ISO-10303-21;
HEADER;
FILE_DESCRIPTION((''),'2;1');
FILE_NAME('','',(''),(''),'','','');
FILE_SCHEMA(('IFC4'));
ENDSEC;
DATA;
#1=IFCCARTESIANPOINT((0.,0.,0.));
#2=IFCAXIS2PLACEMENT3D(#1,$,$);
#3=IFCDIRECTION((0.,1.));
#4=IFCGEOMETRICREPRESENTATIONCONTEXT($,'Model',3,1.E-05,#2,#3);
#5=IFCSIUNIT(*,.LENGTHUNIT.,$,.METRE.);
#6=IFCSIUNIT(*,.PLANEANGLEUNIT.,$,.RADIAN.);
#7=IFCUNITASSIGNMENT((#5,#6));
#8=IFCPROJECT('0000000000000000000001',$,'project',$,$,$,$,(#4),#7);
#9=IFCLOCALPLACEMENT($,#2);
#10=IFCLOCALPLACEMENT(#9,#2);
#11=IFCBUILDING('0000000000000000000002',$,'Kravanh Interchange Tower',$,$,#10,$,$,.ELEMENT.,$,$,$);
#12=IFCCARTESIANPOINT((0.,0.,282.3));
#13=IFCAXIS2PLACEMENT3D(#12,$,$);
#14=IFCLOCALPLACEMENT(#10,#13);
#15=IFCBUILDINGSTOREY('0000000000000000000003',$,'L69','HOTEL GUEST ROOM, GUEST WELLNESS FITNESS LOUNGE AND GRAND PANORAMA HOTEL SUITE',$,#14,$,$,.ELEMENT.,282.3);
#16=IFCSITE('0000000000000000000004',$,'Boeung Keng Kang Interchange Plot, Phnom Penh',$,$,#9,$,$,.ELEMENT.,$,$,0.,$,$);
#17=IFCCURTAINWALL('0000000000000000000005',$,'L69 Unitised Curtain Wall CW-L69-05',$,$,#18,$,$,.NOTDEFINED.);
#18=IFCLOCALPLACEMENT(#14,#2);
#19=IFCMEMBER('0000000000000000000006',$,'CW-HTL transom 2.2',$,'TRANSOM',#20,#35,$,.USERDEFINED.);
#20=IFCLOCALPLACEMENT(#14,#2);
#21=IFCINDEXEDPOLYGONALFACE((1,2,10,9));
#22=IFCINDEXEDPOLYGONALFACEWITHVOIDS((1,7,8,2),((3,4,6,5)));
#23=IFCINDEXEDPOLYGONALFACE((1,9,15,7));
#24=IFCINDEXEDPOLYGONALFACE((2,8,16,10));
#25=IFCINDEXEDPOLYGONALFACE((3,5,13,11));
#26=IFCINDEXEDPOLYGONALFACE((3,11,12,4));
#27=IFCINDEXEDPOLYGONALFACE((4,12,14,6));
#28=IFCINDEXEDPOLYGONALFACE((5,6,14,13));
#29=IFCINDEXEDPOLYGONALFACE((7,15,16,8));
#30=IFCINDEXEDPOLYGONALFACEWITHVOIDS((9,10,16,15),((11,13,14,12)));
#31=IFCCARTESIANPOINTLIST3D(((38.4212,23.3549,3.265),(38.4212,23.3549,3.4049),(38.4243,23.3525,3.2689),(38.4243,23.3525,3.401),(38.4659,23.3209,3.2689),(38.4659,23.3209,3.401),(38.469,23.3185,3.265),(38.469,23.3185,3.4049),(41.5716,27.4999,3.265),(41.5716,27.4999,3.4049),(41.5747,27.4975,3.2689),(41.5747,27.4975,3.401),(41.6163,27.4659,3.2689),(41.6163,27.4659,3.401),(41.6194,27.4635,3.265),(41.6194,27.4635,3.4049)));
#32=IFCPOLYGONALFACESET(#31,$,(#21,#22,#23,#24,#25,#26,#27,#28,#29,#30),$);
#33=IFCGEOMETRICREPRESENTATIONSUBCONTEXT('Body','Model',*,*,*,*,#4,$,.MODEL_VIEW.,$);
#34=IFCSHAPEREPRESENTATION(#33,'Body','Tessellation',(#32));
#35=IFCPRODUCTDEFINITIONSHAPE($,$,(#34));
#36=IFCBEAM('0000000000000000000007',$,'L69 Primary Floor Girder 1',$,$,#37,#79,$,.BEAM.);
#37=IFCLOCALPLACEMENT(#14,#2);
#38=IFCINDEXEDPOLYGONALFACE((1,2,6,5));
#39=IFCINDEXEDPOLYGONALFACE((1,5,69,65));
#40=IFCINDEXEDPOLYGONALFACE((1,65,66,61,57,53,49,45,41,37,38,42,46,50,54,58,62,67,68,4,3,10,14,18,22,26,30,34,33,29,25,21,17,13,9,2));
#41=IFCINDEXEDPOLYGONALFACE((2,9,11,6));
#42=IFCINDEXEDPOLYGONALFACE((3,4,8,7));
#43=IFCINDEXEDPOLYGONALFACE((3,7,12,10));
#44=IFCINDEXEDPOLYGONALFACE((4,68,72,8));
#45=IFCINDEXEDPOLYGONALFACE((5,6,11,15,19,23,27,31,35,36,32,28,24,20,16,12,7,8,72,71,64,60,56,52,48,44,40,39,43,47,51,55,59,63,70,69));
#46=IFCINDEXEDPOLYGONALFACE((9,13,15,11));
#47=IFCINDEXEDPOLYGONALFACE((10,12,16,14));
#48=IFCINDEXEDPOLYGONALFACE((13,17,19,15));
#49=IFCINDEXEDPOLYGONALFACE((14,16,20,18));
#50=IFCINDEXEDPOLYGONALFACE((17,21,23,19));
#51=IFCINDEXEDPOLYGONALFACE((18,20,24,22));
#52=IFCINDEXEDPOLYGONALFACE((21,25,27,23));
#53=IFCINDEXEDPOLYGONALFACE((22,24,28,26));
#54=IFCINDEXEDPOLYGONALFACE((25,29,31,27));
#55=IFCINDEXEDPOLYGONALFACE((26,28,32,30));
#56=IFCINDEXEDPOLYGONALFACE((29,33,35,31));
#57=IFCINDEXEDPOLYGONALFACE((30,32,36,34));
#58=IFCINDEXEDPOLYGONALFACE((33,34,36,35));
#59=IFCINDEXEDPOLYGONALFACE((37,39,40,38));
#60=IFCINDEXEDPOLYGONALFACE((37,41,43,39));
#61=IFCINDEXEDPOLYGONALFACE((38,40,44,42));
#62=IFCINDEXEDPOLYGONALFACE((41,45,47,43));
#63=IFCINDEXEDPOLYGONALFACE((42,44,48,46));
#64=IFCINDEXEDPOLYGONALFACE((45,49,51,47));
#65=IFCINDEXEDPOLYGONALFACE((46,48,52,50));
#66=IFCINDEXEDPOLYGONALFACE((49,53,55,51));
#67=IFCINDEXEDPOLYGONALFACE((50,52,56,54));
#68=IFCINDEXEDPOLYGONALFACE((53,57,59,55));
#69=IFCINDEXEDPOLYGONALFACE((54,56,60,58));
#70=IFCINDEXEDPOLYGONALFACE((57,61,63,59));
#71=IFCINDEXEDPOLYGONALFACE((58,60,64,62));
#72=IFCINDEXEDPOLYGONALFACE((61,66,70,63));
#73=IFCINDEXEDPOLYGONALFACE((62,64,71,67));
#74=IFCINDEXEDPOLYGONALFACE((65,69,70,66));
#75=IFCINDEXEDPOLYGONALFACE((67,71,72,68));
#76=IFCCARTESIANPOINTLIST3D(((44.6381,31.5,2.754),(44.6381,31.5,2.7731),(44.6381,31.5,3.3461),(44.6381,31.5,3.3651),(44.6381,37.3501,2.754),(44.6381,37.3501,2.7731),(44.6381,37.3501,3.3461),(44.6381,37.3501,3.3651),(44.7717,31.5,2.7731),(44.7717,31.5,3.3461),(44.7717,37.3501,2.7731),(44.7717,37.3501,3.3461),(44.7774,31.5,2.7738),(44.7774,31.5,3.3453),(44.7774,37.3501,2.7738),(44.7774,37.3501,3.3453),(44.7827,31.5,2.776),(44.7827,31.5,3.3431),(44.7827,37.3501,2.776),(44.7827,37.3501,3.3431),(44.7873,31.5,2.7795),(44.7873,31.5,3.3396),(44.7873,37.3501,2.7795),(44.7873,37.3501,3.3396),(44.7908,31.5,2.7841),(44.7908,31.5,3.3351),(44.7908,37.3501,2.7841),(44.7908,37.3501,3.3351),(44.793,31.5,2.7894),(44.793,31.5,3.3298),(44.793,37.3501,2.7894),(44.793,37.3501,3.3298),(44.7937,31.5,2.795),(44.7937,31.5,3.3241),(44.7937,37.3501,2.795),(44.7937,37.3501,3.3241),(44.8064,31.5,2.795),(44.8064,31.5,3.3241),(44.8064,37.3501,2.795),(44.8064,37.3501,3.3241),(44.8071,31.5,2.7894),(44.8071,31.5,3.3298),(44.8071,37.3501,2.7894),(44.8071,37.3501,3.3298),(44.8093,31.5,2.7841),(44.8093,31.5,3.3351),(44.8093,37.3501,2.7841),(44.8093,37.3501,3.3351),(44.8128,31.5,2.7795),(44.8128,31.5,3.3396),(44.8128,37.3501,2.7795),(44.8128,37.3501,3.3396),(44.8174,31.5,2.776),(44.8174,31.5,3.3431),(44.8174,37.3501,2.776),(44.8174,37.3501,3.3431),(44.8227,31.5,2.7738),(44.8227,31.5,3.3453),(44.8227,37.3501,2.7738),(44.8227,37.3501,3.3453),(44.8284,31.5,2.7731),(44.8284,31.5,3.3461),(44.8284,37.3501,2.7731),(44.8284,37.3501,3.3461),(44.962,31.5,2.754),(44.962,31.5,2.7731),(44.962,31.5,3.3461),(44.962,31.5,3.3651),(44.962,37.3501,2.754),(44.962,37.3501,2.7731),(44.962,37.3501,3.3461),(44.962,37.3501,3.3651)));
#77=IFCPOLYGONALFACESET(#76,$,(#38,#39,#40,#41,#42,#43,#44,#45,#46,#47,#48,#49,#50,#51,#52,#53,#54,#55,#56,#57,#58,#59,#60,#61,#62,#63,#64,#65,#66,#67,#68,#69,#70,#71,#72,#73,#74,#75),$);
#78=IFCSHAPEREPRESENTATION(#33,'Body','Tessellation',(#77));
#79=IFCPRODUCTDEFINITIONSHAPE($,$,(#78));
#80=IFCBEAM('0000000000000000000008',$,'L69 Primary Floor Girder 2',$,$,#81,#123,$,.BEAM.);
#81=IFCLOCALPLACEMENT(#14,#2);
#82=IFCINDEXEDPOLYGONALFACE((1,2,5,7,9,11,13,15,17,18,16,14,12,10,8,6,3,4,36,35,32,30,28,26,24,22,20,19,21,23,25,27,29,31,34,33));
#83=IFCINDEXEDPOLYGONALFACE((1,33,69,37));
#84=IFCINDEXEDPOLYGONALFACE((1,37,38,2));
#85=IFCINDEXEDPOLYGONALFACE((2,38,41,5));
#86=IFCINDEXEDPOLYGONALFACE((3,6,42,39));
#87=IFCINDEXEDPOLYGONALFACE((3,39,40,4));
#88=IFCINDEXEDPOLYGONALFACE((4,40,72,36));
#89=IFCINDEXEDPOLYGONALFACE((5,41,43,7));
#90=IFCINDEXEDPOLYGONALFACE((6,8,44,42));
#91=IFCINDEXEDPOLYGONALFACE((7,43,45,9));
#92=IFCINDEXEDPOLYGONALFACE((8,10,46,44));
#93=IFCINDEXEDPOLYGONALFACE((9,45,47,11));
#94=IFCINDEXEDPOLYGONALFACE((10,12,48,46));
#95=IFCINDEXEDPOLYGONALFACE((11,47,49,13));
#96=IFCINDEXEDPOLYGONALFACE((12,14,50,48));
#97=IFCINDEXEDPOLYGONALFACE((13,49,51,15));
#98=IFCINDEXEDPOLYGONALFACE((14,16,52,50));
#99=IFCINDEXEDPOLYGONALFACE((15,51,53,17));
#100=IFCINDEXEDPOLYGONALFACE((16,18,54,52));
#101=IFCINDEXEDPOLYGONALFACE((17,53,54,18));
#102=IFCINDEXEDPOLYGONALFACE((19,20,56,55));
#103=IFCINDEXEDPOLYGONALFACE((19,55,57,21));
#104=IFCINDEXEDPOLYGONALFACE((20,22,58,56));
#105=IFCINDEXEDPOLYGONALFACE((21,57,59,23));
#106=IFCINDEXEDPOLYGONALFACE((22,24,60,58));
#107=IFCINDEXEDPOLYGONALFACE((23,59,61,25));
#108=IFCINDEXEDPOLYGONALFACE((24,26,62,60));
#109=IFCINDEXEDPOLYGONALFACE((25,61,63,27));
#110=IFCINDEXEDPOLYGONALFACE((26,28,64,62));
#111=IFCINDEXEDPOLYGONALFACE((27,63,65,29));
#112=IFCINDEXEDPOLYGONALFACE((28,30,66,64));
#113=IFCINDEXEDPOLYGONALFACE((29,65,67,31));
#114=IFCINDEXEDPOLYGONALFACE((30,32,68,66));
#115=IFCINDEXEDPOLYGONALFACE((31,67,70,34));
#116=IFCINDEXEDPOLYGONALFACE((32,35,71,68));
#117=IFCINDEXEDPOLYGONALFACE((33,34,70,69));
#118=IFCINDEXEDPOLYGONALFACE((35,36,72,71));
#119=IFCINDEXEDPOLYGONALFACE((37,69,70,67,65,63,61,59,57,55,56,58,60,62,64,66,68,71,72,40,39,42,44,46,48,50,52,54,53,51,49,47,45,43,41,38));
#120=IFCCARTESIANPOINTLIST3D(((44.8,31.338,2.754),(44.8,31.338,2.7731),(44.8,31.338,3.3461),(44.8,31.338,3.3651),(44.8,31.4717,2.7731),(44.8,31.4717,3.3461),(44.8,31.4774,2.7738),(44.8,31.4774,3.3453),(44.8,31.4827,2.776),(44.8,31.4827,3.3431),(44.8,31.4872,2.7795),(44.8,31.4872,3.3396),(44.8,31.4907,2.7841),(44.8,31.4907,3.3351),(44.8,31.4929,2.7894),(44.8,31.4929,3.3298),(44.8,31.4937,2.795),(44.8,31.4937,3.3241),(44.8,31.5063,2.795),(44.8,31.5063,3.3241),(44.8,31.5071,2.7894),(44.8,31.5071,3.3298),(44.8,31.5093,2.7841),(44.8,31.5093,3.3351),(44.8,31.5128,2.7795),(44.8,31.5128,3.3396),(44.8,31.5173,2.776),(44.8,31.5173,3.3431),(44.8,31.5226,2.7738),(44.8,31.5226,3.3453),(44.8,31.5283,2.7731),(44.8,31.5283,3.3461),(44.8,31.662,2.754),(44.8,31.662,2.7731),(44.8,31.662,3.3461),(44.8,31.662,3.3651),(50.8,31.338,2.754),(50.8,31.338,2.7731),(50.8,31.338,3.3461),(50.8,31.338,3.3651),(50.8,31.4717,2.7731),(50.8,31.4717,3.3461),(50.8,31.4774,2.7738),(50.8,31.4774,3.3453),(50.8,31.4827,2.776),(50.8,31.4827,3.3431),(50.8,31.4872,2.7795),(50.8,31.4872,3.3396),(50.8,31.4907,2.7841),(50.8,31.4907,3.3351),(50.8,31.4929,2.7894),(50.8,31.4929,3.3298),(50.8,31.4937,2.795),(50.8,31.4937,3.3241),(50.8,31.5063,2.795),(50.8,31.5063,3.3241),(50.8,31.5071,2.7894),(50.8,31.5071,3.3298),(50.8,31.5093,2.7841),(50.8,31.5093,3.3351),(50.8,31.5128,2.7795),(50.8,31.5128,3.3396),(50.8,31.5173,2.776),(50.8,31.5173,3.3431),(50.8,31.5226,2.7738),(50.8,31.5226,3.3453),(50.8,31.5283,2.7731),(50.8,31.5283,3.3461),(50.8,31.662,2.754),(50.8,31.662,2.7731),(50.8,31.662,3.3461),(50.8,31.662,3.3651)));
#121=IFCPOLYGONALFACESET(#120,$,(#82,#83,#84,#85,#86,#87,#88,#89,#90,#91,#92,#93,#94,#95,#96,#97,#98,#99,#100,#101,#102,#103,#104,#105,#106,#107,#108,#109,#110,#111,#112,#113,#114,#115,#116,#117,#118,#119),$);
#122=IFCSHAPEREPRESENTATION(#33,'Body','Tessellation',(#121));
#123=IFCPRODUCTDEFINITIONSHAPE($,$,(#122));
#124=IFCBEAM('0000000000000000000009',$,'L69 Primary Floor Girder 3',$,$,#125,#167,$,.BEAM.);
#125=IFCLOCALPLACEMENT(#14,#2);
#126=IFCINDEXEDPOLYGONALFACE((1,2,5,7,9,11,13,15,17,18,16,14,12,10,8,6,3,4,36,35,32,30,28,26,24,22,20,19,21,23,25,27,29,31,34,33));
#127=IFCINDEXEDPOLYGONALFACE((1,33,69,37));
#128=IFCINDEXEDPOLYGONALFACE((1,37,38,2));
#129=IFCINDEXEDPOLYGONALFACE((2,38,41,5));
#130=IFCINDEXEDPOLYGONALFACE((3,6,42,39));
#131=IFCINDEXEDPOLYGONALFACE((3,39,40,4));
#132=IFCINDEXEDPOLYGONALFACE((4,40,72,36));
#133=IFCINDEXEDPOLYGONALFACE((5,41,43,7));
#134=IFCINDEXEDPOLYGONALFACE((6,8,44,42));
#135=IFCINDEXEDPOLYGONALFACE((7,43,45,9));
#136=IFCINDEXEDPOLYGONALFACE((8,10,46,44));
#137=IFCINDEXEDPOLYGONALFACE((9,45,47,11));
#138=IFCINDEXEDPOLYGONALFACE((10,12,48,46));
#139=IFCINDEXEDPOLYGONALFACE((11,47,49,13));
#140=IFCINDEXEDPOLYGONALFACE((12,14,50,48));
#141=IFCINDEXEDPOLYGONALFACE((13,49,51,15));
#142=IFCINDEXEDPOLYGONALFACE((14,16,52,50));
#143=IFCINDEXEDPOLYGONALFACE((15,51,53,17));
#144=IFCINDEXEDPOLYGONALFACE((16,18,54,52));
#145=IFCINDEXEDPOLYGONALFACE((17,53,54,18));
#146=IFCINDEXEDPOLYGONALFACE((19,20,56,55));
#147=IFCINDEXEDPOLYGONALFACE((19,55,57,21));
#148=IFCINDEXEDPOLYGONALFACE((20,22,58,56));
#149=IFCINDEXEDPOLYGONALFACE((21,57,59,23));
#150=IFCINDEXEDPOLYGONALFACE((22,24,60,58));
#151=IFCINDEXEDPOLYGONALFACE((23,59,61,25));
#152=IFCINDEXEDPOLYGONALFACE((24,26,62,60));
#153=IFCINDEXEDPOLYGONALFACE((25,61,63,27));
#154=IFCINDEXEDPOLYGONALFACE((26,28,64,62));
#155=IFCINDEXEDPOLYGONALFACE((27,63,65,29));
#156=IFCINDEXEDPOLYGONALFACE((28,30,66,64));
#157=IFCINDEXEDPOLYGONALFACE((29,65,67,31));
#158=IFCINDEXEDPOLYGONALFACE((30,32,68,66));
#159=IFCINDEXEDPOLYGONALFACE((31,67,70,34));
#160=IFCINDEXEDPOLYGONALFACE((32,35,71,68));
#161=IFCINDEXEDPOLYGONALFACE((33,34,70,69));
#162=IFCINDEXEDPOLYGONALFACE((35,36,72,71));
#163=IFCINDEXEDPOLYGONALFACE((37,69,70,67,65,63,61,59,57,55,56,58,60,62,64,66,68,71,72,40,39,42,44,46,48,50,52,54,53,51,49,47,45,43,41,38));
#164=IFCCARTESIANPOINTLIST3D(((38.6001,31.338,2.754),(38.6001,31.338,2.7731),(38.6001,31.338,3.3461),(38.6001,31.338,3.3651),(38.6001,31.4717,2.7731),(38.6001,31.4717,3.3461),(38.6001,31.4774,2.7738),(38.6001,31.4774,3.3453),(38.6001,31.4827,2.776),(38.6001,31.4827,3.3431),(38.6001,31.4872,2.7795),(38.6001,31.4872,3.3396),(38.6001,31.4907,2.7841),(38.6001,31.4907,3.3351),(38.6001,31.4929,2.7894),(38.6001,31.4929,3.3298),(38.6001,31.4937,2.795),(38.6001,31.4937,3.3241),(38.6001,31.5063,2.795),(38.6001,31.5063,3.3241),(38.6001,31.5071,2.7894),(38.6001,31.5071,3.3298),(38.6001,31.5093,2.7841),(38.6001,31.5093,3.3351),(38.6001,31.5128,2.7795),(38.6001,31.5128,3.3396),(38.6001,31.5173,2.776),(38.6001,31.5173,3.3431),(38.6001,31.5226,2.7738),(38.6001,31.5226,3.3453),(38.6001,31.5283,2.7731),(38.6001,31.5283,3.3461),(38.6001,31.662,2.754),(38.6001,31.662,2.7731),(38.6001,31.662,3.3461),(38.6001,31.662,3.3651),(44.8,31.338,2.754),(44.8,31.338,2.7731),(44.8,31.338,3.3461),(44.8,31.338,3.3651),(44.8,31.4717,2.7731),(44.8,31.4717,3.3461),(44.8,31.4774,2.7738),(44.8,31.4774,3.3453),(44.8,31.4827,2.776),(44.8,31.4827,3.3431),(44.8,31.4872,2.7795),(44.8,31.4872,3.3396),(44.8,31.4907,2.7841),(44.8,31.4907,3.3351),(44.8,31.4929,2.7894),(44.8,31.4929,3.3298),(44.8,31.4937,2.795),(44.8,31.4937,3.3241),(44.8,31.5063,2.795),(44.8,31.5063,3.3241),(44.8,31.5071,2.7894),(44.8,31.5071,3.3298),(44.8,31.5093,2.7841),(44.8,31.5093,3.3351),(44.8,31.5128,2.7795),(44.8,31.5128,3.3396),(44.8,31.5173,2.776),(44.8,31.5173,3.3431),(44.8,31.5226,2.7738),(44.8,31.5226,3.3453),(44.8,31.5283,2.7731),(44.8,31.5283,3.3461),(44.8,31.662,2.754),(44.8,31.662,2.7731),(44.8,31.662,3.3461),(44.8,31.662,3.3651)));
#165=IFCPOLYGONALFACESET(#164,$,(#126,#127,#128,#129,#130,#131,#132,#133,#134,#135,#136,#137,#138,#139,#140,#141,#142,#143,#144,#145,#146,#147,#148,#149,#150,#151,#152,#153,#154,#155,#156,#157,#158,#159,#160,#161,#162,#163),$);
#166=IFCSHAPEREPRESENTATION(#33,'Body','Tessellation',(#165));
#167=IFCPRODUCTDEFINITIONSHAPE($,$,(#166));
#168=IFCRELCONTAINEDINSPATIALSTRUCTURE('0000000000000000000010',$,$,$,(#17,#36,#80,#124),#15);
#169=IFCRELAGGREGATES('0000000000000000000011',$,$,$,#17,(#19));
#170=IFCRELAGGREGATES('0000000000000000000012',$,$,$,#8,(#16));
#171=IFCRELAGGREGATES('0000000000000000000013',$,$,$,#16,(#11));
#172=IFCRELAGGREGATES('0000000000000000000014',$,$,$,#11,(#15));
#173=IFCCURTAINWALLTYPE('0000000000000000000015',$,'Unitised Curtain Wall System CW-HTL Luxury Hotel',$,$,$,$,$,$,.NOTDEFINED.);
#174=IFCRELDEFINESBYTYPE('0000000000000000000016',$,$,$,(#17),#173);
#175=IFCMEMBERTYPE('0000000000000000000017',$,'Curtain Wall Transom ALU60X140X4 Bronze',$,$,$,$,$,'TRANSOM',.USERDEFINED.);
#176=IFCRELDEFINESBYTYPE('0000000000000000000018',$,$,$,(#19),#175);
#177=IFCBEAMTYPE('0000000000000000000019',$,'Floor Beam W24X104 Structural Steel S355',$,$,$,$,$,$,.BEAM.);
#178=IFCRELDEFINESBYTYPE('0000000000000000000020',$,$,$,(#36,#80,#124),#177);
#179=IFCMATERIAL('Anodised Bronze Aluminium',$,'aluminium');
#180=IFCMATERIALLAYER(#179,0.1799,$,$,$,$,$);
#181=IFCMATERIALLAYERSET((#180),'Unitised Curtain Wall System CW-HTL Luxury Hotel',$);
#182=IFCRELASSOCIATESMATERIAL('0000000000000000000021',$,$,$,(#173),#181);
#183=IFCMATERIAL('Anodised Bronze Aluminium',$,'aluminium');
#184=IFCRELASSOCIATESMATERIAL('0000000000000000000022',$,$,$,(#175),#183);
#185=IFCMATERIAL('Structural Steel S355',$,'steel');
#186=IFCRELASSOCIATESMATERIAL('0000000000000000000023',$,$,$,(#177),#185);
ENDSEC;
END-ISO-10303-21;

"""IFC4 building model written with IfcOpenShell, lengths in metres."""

from ifc_helpers import new_model, si_unit, direction, frame, origin, origin_2d, place, context, subcontext, project, spatial, hollow_rectangle, i_section, extrude, material, layer, layer_set, material_profile, profile_set, type_object, element, aggregate, save


model = new_model("IFC4")

# Units and contexts
model_context = context("Model", 3, precision=1e-05, world=origin(), true_north=direction((0.0, 1.0)))
body_context = subcontext(model_context, "Body", "Model", "MODEL_VIEW")
ifc_project = project(units=[si_unit("LENGTHUNIT", "METRE"), si_unit("PLANEANGLEUNIT", "RADIAN")], contexts=[model_context])

# Site, building, storey
site_placement = place(None, origin())
site = spatial("IfcSite", under=ifc_project, at=site_placement, Name="Boeung Keng Kang Interchange Plot, Phnom Penh", CompositionType="ELEMENT", RefElevation=0.0)
building_placement = place(site_placement, origin())
building = spatial("IfcBuilding", under=site, at=building_placement, Name="Kravanh Interchange Tower", CompositionType="ELEMENT")
storey_placement = place(building_placement, frame((0.0, 0.0, 282.3)))
storey = spatial("IfcBuildingStorey", under=building, at=storey_placement, Name="L69", Description="HOTEL GUEST ROOM, GUEST WELLNESS FITNESS LOUNGE AND GRAND PANORAMA HOTEL SUITE", CompositionType="ELEMENT", Elevation=282.3)

# Curtain wall
ifc_material_1 = material(Name="Anodised Bronze Aluminium", Category="aluminium")
ifc_layer_1 = layer(ifc_material_1, 0.1799)
ifc_layer_set_1 = layer_set([ifc_layer_1], Name="Unitised Curtain Wall System CW-HTL Luxury Hotel")
curtain_wall_type = type_object("IfcCurtainWallType", Name="Unitised Curtain Wall System CW-HTL Luxury Hotel", PredefinedType="NOTDEFINED", material=ifc_layer_set_1)
curtain_wall_1_placement = place(storey_placement, origin())
curtain_wall_1 = element("IfcCurtainWall", 1, at=curtain_wall_1_placement, inside=storey, type_object=curtain_wall_type, Name="L69 Unitised Curtain Wall CW-L69-05", PredefinedType="NOTDEFINED")

# Member
ifc_material_2 = material(Name="Anodised Bronze Aluminium", Category="aluminium")
ifc_material_profile_1 = material_profile(ifc_material_2, hollow_rectangle(XDim=0.0601, YDim=0.1399, WallThickness=0.0039, at=origin_2d()), Name="ALU60X140X4")
ifc_profile_set_1 = profile_set([ifc_material_profile_1], Name="Anodised Bronze Aluminium")
member_type_1 = type_object("IfcMemberType", Name="Curtain Wall Transom ALU60X140X4 Bronze", ElementType="TRANSOM", PredefinedType="USERDEFINED", material=ifc_profile_set_1)
member_1_placement = place(storey_placement, frame((41.5955, 27.4817, 3.335), z_axis=(-0.605105, -0.796146, 0.0), x_axis=(0.796146, -0.605105, 0.0)))
member_1 = element("IfcMember", 2, at=member_1_placement, type_object=member_type_1, Name="CW-HTL transom 2.2", ObjectType="TRANSOM", PredefinedType="USERDEFINED", context=body_context, shape_type="SweptSolid", body=[
    extrude(hollow_rectangle(XDim=0.0601, YDim=0.1399, WallThickness=0.0039, at=origin_2d()), origin(), (0.0, 0.0, 1.0), 5.2063),
])

# Beams
ifc_material_3 = material(Name="Structural Steel S355", Category="steel")
ifc_material_profile_2 = material_profile(ifc_material_3, i_section(OverallWidth=0.324, OverallDepth=0.6111, WebThickness=0.0127, FlangeThickness=0.019, FilletRadius=0.022, at=origin_2d()), Name="W24X104")
ifc_profile_set_2 = profile_set([ifc_material_profile_2], Name="Structural Steel S355")
beam_type_1 = type_object("IfcBeamType", Name="Floor Beam W24X104 Structural Steel S355", PredefinedType="BEAM", material=ifc_profile_set_2)
beam_1_placement = place(storey_placement, frame((44.8, 31.5, 3.0596), z_axis=(0.0, 1.0, 0.0), x_axis=(-1.0, 0.0, 0.0)))
element("IfcBeam", 3, at=beam_1_placement, inside=storey, type_object=beam_type_1, Name="L69 Primary Floor Girder 1", PredefinedType="BEAM", context=body_context, shape_type="SweptSolid", body=[
    extrude(i_section(OverallWidth=0.324, OverallDepth=0.6111, WebThickness=0.0127, FlangeThickness=0.019, FilletRadius=0.022, at=origin_2d()), origin(), (0.0, 0.0, 1.0), 5.8501),
])
beam_2_placement = place(storey_placement, frame((44.8, 31.5, 3.0596), z_axis=(1.0, 0.0, 0.0), x_axis=(0.0, 1.0, 0.0)))
element("IfcBeam", 4, at=beam_2_placement, inside=storey, type_object=beam_type_1, Name="L69 Primary Floor Girder 2", PredefinedType="BEAM", context=body_context, shape_type="SweptSolid", body=[
    extrude(i_section(OverallWidth=0.324, OverallDepth=0.6111, WebThickness=0.0127, FlangeThickness=0.019, FilletRadius=0.022, at=origin_2d()), origin(), (0.0, 0.0, 1.0), 6.0),
])
beam_3_placement = place(storey_placement, frame((44.8, 31.5, 3.0596), z_axis=(-1.0, 0.0, 0.0), x_axis=(0.0, -1.0, 0.0)))
element("IfcBeam", 5, at=beam_3_placement, inside=storey, type_object=beam_type_1, Name="L69 Primary Floor Girder 3", PredefinedType="BEAM", context=body_context, shape_type="SweptSolid", body=[
    extrude(i_section(OverallWidth=0.324, OverallDepth=0.6111, WebThickness=0.0127, FlangeThickness=0.019, FilletRadius=0.022, at=origin_2d()), origin(), (0.0, 0.0, 1.0), 6.2),
])

aggregate(curtain_wall_1, [member_1])

save(model, "model.ifc")
